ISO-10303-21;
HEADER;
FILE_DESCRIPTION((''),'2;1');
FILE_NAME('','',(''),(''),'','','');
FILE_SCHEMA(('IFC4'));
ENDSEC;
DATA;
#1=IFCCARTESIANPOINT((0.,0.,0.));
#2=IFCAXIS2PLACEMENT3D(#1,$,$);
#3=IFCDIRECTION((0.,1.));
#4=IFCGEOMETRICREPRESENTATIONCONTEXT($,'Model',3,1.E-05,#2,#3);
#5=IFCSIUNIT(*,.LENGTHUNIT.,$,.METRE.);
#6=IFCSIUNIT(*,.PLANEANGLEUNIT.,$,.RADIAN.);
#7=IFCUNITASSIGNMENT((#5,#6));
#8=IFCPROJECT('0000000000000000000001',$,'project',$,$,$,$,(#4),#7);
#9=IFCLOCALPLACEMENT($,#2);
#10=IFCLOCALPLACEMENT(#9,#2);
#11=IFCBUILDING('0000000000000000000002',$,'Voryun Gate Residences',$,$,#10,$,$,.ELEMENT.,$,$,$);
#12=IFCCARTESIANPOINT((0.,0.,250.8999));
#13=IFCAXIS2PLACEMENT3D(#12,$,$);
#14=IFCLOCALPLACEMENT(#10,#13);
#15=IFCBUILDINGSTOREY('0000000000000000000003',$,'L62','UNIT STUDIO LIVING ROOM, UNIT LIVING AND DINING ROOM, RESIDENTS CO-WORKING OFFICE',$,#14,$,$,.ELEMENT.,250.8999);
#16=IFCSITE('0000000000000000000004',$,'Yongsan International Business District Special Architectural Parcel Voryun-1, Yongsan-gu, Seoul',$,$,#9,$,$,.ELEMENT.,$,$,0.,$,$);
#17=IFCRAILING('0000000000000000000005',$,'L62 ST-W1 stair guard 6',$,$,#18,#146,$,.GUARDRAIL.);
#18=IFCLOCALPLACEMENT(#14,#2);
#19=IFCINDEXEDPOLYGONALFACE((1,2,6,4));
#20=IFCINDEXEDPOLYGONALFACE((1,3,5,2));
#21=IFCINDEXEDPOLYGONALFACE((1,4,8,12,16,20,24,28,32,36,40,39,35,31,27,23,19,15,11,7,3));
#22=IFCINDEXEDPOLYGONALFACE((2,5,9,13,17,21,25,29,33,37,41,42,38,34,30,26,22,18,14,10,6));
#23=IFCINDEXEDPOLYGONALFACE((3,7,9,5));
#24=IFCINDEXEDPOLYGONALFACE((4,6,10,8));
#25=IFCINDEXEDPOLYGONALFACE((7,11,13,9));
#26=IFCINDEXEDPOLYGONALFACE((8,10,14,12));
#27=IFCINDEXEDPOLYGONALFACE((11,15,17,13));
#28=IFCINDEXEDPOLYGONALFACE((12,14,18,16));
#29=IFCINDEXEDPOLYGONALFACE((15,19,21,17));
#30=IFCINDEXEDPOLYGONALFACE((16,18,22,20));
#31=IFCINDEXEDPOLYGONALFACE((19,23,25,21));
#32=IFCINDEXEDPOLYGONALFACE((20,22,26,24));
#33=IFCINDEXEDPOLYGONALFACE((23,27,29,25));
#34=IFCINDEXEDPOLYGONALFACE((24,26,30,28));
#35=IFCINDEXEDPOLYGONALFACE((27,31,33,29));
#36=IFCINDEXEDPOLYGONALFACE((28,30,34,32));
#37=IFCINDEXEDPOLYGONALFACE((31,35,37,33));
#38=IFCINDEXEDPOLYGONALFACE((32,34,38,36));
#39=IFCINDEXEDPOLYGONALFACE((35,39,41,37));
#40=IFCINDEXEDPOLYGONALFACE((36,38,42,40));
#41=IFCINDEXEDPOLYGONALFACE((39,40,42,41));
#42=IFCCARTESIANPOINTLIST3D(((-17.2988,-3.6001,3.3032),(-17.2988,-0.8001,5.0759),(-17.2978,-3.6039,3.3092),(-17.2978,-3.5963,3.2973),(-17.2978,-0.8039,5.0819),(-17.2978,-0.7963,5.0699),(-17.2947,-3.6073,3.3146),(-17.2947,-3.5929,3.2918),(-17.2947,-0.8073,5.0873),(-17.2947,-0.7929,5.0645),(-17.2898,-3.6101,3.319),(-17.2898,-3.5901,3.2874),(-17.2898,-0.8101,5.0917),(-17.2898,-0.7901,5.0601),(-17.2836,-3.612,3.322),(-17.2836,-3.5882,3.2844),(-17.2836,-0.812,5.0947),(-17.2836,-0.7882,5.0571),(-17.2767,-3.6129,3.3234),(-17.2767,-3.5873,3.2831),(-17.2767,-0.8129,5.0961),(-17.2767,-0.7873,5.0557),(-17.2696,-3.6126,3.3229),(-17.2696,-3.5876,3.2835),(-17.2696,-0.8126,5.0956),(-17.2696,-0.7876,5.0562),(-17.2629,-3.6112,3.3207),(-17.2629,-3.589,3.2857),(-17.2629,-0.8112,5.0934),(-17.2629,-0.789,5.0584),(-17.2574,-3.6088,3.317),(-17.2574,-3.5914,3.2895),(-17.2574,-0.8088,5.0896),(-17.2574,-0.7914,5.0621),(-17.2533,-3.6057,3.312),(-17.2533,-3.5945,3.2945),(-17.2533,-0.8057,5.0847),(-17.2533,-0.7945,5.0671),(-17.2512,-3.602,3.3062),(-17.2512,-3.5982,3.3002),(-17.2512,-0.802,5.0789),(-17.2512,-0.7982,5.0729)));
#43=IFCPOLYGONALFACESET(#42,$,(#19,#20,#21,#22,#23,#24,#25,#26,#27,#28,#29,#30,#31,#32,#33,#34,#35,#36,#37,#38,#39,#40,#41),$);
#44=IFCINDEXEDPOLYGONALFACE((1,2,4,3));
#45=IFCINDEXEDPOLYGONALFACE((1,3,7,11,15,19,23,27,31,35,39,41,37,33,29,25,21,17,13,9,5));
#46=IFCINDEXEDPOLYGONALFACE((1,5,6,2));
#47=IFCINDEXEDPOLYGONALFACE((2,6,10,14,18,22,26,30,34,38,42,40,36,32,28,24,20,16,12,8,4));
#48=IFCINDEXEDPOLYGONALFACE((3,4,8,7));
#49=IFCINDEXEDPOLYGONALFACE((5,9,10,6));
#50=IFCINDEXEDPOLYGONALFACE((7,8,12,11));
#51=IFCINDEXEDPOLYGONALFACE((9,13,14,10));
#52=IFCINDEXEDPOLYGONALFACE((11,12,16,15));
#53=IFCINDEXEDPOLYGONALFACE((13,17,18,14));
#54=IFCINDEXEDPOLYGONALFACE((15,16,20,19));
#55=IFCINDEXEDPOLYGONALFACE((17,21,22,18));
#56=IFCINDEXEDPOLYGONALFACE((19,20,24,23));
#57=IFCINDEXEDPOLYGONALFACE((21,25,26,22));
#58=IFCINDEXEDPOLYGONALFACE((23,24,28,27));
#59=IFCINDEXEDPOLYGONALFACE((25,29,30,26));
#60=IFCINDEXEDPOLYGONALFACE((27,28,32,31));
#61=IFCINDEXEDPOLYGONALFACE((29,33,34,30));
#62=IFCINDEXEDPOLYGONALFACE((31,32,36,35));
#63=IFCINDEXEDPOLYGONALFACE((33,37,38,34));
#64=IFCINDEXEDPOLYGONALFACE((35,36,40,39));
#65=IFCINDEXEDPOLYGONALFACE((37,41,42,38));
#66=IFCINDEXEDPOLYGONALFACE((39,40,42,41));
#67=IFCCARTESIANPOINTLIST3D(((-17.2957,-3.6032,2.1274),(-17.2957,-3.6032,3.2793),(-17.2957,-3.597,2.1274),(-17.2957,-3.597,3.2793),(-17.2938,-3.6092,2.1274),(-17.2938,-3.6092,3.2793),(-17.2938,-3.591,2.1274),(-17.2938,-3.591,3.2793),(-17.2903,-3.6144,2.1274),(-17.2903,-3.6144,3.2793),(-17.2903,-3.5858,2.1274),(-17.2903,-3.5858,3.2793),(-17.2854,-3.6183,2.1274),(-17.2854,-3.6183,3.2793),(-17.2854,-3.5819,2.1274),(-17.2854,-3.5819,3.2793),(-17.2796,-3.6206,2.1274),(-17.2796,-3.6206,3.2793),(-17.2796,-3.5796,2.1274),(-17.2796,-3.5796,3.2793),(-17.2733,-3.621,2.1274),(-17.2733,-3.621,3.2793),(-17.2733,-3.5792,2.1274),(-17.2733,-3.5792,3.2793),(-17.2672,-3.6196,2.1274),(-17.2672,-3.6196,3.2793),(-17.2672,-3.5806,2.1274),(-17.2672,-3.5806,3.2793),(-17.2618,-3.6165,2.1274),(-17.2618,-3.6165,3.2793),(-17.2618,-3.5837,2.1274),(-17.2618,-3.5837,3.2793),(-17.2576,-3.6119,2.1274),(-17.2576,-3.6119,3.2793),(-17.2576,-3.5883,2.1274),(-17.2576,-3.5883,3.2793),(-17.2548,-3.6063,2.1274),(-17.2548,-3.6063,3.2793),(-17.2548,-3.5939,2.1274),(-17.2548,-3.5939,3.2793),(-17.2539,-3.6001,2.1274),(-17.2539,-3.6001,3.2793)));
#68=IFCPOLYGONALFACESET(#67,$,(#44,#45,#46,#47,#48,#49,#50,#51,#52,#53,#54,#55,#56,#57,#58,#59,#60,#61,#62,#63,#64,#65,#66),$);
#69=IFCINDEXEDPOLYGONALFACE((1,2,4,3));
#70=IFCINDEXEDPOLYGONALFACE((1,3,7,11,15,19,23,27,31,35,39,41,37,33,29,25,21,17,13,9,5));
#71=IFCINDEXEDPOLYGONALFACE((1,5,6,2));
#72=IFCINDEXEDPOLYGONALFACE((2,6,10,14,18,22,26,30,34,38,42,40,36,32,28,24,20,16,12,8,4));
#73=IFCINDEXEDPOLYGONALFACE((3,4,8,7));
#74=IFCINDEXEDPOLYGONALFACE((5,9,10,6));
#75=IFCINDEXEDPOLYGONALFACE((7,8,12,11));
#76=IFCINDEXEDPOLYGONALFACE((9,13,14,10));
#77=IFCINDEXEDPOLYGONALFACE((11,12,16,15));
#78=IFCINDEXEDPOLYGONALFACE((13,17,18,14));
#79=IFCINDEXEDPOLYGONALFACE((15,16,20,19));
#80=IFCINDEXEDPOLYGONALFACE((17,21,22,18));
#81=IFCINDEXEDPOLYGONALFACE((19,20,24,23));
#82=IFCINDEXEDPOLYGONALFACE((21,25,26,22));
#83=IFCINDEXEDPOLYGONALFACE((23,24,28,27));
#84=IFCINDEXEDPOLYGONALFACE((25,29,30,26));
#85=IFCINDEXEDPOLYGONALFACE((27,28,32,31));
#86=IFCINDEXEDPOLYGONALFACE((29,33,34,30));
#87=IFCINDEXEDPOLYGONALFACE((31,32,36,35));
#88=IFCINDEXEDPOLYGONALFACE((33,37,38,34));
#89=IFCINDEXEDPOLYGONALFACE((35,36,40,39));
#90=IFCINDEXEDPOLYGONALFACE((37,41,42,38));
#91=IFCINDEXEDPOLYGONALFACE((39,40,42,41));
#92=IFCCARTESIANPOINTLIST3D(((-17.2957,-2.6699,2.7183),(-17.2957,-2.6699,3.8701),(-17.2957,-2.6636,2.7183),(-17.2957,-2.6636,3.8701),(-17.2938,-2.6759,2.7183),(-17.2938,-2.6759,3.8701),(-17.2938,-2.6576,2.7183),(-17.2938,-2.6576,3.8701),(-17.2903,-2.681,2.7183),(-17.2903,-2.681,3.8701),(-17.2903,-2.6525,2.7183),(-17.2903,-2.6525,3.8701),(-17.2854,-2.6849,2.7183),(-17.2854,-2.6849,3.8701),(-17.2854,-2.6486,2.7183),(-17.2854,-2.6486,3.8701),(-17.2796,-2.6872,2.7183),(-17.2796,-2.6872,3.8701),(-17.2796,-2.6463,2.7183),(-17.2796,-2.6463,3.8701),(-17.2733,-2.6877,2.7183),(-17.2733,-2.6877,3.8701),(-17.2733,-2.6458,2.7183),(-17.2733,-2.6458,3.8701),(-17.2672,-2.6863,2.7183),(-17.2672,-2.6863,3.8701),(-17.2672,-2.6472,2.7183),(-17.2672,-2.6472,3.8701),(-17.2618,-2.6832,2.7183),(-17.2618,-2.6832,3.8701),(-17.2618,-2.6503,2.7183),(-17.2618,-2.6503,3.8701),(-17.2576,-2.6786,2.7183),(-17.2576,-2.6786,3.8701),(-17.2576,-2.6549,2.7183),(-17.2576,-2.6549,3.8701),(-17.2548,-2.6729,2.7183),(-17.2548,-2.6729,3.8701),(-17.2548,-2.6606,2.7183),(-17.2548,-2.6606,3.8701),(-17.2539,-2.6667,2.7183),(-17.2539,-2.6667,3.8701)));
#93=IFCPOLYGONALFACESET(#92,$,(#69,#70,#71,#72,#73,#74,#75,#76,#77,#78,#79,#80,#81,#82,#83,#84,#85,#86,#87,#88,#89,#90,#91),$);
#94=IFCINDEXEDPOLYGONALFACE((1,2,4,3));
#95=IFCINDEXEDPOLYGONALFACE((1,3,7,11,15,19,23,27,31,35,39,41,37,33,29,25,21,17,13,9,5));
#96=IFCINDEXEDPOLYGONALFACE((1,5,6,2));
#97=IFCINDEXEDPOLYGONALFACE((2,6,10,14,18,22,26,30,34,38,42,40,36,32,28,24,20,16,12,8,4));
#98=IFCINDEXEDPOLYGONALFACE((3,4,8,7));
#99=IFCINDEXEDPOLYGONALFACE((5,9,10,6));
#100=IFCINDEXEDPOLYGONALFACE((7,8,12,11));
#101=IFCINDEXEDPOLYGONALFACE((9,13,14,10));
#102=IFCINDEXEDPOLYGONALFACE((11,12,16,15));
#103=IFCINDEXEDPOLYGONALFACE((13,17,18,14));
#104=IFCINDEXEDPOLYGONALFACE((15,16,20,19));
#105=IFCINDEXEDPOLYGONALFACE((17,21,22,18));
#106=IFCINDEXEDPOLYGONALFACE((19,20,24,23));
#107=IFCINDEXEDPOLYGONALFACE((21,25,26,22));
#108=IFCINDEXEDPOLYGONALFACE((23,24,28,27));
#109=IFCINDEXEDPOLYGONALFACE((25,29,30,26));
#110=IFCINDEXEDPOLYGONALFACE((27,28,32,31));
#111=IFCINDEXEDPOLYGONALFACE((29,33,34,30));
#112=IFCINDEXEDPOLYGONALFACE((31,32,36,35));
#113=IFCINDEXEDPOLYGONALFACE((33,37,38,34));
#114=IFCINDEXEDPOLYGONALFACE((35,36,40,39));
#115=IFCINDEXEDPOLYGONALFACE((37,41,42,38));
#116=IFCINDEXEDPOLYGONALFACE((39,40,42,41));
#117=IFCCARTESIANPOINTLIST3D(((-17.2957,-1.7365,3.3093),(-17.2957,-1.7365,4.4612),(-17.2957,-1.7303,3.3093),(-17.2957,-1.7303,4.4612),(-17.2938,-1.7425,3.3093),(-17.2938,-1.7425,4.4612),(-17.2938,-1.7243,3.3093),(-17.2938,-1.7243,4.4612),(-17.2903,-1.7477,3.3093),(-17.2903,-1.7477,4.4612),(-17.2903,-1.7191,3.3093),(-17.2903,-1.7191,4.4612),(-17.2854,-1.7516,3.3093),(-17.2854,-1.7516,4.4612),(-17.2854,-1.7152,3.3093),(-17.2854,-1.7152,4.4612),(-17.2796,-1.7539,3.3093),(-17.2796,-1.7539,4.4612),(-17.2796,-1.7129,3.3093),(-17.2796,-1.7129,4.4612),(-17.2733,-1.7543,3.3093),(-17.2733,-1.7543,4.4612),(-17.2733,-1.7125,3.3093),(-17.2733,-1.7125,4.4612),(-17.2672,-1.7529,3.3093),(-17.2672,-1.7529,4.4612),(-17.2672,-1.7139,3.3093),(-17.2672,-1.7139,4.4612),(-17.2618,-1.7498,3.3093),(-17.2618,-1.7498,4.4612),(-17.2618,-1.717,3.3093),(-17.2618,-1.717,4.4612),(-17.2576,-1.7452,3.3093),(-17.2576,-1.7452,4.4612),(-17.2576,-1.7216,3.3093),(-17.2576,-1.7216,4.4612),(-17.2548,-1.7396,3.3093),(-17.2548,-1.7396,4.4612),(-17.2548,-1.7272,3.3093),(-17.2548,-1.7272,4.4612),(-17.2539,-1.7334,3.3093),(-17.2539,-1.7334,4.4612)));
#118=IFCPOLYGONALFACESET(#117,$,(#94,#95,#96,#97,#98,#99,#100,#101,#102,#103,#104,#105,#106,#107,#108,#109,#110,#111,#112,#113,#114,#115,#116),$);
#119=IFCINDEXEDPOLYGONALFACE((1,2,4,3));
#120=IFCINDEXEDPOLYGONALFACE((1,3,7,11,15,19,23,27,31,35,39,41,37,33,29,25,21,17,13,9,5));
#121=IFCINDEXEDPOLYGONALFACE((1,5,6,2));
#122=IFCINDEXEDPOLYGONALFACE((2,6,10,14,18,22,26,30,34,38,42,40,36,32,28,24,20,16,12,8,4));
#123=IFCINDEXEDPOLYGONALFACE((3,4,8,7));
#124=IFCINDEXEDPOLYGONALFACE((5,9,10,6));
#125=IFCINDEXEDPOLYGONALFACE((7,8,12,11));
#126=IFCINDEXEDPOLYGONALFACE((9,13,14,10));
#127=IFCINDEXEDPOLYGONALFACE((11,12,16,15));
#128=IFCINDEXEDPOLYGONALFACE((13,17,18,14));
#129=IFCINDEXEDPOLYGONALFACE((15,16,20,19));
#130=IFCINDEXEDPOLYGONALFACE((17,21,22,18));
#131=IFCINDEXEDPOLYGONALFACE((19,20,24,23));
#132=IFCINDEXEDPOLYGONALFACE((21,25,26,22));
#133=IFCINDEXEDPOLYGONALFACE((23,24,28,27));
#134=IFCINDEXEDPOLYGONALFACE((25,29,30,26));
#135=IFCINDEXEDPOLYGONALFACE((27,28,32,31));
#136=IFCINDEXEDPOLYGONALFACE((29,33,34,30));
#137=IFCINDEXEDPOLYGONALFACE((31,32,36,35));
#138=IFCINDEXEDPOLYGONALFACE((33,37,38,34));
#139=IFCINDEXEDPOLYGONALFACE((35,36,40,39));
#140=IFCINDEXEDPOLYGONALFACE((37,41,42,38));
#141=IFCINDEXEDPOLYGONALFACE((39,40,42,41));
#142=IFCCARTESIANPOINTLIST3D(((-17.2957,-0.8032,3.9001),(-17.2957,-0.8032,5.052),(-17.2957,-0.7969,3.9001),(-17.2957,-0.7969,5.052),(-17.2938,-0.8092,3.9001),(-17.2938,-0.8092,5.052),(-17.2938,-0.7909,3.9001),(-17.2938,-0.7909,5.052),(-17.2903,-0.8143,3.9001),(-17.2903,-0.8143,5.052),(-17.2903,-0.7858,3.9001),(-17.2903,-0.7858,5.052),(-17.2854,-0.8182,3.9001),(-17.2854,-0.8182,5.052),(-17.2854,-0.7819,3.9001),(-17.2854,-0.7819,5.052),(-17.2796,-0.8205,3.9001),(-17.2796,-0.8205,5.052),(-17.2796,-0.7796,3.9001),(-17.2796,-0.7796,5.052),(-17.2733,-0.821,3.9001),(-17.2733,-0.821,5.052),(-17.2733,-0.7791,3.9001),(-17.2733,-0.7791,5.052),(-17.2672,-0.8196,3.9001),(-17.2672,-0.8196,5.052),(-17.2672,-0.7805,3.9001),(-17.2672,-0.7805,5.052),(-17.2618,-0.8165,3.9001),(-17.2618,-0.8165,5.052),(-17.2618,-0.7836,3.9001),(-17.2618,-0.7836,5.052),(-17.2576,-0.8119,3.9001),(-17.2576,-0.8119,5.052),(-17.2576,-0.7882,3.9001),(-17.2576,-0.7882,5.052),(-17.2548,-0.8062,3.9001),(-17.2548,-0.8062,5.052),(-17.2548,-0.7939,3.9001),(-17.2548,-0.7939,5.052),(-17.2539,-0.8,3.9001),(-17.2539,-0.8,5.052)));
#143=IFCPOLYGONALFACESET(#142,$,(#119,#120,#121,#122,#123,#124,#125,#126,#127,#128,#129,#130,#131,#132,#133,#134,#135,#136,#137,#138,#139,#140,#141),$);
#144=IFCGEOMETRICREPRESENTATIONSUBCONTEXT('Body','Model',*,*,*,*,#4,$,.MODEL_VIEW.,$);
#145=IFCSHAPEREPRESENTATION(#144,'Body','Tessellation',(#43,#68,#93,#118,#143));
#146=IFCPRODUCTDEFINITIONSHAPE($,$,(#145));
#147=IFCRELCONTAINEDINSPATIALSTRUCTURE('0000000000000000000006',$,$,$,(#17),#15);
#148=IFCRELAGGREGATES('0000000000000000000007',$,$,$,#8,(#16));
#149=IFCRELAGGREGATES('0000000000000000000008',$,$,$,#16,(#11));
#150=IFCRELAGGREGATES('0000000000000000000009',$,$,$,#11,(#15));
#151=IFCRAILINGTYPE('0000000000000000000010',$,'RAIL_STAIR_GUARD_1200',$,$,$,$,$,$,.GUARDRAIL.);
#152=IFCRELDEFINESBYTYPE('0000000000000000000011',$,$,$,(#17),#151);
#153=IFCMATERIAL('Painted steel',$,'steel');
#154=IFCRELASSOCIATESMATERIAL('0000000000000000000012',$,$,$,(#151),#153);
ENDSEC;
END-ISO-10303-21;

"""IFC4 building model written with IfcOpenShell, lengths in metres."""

from ifc_helpers import new_model, si_unit, direction, frame, origin, origin_2d, place, context, subcontext, project, spatial, circle, extrude, material, type_object, element, save


model = new_model("IFC4")

# Units and contexts
model_context = context("Model", 3, precision=1e-05, world=origin(), true_north=direction((0.0, 1.0)))
body_context = subcontext(model_context, "Body", "Model", "MODEL_VIEW")
ifc_project = project(units=[si_unit("LENGTHUNIT", "METRE"), si_unit("PLANEANGLEUNIT", "RADIAN")], contexts=[model_context])

# Site, building, storey
site_placement = place(None, origin())
site = spatial("IfcSite", under=ifc_project, at=site_placement, Name="Yongsan International Business District Special Architectural Parcel Voryun-1, Yongsan-gu, Seoul", CompositionType="ELEMENT", RefElevation=0.0)
building_placement = place(site_placement, origin())
building = spatial("IfcBuilding", under=site, at=building_placement, Name="Voryun Gate Residences", CompositionType="ELEMENT")
storey_placement = place(building_placement, frame((0.0, 0.0, 250.8999)))
storey = spatial("IfcBuildingStorey", under=building, at=storey_placement, Name="L62", Description="UNIT STUDIO LIVING ROOM, UNIT LIVING AND DINING ROOM, RESIDENTS CO-WORKING OFFICE", CompositionType="ELEMENT", Elevation=250.8999)

# Railing
ifc_material_1 = material(Name="Painted steel", Category="steel")
railing_type_1 = type_object("IfcRailingType", Name="RAIL_STAIR_GUARD_1200", PredefinedType="GUARDRAIL", material=ifc_material_1)
railing_1_placement = place(storey_placement, frame((-17.2749, -3.6001, 2.1274)))
element("IfcRailing", 1, at=railing_1_placement, inside=storey, type_object=railing_type_1, Name="L62 ST-W1 stair guard 6", PredefinedType="GUARDRAIL", context=body_context, shape_type="SweptSolid", body=[
    extrude(circle(Radius=0.0239, at=origin_2d()), frame((0.0, 0.0, 1.1758), z_axis=(0.0, 0.844909, 0.53491), x_axis=(-1.0, 0.0, 0.0)), (0.0, 0.0, 1.0), 3.314),
    extrude(circle(Radius=0.021, at=origin_2d()), origin(), (0.0, 0.0, 1.0), 1.1519),
    extrude(circle(Radius=0.021, at=origin_2d()), frame((0.0, 0.9333, 0.5908)), (0.0, 0.0, 1.0), 1.1519),
    extrude(circle(Radius=0.021, at=origin_2d()), frame((0.0, 1.8667, 1.1819)), (0.0, 0.0, 1.0), 1.1519),
    extrude(circle(Radius=0.021, at=origin_2d()), frame((0.0, 2.8, 1.7727)), (0.0, 0.0, 1.0), 1.1519),
])

save(model, "model.ifc")
